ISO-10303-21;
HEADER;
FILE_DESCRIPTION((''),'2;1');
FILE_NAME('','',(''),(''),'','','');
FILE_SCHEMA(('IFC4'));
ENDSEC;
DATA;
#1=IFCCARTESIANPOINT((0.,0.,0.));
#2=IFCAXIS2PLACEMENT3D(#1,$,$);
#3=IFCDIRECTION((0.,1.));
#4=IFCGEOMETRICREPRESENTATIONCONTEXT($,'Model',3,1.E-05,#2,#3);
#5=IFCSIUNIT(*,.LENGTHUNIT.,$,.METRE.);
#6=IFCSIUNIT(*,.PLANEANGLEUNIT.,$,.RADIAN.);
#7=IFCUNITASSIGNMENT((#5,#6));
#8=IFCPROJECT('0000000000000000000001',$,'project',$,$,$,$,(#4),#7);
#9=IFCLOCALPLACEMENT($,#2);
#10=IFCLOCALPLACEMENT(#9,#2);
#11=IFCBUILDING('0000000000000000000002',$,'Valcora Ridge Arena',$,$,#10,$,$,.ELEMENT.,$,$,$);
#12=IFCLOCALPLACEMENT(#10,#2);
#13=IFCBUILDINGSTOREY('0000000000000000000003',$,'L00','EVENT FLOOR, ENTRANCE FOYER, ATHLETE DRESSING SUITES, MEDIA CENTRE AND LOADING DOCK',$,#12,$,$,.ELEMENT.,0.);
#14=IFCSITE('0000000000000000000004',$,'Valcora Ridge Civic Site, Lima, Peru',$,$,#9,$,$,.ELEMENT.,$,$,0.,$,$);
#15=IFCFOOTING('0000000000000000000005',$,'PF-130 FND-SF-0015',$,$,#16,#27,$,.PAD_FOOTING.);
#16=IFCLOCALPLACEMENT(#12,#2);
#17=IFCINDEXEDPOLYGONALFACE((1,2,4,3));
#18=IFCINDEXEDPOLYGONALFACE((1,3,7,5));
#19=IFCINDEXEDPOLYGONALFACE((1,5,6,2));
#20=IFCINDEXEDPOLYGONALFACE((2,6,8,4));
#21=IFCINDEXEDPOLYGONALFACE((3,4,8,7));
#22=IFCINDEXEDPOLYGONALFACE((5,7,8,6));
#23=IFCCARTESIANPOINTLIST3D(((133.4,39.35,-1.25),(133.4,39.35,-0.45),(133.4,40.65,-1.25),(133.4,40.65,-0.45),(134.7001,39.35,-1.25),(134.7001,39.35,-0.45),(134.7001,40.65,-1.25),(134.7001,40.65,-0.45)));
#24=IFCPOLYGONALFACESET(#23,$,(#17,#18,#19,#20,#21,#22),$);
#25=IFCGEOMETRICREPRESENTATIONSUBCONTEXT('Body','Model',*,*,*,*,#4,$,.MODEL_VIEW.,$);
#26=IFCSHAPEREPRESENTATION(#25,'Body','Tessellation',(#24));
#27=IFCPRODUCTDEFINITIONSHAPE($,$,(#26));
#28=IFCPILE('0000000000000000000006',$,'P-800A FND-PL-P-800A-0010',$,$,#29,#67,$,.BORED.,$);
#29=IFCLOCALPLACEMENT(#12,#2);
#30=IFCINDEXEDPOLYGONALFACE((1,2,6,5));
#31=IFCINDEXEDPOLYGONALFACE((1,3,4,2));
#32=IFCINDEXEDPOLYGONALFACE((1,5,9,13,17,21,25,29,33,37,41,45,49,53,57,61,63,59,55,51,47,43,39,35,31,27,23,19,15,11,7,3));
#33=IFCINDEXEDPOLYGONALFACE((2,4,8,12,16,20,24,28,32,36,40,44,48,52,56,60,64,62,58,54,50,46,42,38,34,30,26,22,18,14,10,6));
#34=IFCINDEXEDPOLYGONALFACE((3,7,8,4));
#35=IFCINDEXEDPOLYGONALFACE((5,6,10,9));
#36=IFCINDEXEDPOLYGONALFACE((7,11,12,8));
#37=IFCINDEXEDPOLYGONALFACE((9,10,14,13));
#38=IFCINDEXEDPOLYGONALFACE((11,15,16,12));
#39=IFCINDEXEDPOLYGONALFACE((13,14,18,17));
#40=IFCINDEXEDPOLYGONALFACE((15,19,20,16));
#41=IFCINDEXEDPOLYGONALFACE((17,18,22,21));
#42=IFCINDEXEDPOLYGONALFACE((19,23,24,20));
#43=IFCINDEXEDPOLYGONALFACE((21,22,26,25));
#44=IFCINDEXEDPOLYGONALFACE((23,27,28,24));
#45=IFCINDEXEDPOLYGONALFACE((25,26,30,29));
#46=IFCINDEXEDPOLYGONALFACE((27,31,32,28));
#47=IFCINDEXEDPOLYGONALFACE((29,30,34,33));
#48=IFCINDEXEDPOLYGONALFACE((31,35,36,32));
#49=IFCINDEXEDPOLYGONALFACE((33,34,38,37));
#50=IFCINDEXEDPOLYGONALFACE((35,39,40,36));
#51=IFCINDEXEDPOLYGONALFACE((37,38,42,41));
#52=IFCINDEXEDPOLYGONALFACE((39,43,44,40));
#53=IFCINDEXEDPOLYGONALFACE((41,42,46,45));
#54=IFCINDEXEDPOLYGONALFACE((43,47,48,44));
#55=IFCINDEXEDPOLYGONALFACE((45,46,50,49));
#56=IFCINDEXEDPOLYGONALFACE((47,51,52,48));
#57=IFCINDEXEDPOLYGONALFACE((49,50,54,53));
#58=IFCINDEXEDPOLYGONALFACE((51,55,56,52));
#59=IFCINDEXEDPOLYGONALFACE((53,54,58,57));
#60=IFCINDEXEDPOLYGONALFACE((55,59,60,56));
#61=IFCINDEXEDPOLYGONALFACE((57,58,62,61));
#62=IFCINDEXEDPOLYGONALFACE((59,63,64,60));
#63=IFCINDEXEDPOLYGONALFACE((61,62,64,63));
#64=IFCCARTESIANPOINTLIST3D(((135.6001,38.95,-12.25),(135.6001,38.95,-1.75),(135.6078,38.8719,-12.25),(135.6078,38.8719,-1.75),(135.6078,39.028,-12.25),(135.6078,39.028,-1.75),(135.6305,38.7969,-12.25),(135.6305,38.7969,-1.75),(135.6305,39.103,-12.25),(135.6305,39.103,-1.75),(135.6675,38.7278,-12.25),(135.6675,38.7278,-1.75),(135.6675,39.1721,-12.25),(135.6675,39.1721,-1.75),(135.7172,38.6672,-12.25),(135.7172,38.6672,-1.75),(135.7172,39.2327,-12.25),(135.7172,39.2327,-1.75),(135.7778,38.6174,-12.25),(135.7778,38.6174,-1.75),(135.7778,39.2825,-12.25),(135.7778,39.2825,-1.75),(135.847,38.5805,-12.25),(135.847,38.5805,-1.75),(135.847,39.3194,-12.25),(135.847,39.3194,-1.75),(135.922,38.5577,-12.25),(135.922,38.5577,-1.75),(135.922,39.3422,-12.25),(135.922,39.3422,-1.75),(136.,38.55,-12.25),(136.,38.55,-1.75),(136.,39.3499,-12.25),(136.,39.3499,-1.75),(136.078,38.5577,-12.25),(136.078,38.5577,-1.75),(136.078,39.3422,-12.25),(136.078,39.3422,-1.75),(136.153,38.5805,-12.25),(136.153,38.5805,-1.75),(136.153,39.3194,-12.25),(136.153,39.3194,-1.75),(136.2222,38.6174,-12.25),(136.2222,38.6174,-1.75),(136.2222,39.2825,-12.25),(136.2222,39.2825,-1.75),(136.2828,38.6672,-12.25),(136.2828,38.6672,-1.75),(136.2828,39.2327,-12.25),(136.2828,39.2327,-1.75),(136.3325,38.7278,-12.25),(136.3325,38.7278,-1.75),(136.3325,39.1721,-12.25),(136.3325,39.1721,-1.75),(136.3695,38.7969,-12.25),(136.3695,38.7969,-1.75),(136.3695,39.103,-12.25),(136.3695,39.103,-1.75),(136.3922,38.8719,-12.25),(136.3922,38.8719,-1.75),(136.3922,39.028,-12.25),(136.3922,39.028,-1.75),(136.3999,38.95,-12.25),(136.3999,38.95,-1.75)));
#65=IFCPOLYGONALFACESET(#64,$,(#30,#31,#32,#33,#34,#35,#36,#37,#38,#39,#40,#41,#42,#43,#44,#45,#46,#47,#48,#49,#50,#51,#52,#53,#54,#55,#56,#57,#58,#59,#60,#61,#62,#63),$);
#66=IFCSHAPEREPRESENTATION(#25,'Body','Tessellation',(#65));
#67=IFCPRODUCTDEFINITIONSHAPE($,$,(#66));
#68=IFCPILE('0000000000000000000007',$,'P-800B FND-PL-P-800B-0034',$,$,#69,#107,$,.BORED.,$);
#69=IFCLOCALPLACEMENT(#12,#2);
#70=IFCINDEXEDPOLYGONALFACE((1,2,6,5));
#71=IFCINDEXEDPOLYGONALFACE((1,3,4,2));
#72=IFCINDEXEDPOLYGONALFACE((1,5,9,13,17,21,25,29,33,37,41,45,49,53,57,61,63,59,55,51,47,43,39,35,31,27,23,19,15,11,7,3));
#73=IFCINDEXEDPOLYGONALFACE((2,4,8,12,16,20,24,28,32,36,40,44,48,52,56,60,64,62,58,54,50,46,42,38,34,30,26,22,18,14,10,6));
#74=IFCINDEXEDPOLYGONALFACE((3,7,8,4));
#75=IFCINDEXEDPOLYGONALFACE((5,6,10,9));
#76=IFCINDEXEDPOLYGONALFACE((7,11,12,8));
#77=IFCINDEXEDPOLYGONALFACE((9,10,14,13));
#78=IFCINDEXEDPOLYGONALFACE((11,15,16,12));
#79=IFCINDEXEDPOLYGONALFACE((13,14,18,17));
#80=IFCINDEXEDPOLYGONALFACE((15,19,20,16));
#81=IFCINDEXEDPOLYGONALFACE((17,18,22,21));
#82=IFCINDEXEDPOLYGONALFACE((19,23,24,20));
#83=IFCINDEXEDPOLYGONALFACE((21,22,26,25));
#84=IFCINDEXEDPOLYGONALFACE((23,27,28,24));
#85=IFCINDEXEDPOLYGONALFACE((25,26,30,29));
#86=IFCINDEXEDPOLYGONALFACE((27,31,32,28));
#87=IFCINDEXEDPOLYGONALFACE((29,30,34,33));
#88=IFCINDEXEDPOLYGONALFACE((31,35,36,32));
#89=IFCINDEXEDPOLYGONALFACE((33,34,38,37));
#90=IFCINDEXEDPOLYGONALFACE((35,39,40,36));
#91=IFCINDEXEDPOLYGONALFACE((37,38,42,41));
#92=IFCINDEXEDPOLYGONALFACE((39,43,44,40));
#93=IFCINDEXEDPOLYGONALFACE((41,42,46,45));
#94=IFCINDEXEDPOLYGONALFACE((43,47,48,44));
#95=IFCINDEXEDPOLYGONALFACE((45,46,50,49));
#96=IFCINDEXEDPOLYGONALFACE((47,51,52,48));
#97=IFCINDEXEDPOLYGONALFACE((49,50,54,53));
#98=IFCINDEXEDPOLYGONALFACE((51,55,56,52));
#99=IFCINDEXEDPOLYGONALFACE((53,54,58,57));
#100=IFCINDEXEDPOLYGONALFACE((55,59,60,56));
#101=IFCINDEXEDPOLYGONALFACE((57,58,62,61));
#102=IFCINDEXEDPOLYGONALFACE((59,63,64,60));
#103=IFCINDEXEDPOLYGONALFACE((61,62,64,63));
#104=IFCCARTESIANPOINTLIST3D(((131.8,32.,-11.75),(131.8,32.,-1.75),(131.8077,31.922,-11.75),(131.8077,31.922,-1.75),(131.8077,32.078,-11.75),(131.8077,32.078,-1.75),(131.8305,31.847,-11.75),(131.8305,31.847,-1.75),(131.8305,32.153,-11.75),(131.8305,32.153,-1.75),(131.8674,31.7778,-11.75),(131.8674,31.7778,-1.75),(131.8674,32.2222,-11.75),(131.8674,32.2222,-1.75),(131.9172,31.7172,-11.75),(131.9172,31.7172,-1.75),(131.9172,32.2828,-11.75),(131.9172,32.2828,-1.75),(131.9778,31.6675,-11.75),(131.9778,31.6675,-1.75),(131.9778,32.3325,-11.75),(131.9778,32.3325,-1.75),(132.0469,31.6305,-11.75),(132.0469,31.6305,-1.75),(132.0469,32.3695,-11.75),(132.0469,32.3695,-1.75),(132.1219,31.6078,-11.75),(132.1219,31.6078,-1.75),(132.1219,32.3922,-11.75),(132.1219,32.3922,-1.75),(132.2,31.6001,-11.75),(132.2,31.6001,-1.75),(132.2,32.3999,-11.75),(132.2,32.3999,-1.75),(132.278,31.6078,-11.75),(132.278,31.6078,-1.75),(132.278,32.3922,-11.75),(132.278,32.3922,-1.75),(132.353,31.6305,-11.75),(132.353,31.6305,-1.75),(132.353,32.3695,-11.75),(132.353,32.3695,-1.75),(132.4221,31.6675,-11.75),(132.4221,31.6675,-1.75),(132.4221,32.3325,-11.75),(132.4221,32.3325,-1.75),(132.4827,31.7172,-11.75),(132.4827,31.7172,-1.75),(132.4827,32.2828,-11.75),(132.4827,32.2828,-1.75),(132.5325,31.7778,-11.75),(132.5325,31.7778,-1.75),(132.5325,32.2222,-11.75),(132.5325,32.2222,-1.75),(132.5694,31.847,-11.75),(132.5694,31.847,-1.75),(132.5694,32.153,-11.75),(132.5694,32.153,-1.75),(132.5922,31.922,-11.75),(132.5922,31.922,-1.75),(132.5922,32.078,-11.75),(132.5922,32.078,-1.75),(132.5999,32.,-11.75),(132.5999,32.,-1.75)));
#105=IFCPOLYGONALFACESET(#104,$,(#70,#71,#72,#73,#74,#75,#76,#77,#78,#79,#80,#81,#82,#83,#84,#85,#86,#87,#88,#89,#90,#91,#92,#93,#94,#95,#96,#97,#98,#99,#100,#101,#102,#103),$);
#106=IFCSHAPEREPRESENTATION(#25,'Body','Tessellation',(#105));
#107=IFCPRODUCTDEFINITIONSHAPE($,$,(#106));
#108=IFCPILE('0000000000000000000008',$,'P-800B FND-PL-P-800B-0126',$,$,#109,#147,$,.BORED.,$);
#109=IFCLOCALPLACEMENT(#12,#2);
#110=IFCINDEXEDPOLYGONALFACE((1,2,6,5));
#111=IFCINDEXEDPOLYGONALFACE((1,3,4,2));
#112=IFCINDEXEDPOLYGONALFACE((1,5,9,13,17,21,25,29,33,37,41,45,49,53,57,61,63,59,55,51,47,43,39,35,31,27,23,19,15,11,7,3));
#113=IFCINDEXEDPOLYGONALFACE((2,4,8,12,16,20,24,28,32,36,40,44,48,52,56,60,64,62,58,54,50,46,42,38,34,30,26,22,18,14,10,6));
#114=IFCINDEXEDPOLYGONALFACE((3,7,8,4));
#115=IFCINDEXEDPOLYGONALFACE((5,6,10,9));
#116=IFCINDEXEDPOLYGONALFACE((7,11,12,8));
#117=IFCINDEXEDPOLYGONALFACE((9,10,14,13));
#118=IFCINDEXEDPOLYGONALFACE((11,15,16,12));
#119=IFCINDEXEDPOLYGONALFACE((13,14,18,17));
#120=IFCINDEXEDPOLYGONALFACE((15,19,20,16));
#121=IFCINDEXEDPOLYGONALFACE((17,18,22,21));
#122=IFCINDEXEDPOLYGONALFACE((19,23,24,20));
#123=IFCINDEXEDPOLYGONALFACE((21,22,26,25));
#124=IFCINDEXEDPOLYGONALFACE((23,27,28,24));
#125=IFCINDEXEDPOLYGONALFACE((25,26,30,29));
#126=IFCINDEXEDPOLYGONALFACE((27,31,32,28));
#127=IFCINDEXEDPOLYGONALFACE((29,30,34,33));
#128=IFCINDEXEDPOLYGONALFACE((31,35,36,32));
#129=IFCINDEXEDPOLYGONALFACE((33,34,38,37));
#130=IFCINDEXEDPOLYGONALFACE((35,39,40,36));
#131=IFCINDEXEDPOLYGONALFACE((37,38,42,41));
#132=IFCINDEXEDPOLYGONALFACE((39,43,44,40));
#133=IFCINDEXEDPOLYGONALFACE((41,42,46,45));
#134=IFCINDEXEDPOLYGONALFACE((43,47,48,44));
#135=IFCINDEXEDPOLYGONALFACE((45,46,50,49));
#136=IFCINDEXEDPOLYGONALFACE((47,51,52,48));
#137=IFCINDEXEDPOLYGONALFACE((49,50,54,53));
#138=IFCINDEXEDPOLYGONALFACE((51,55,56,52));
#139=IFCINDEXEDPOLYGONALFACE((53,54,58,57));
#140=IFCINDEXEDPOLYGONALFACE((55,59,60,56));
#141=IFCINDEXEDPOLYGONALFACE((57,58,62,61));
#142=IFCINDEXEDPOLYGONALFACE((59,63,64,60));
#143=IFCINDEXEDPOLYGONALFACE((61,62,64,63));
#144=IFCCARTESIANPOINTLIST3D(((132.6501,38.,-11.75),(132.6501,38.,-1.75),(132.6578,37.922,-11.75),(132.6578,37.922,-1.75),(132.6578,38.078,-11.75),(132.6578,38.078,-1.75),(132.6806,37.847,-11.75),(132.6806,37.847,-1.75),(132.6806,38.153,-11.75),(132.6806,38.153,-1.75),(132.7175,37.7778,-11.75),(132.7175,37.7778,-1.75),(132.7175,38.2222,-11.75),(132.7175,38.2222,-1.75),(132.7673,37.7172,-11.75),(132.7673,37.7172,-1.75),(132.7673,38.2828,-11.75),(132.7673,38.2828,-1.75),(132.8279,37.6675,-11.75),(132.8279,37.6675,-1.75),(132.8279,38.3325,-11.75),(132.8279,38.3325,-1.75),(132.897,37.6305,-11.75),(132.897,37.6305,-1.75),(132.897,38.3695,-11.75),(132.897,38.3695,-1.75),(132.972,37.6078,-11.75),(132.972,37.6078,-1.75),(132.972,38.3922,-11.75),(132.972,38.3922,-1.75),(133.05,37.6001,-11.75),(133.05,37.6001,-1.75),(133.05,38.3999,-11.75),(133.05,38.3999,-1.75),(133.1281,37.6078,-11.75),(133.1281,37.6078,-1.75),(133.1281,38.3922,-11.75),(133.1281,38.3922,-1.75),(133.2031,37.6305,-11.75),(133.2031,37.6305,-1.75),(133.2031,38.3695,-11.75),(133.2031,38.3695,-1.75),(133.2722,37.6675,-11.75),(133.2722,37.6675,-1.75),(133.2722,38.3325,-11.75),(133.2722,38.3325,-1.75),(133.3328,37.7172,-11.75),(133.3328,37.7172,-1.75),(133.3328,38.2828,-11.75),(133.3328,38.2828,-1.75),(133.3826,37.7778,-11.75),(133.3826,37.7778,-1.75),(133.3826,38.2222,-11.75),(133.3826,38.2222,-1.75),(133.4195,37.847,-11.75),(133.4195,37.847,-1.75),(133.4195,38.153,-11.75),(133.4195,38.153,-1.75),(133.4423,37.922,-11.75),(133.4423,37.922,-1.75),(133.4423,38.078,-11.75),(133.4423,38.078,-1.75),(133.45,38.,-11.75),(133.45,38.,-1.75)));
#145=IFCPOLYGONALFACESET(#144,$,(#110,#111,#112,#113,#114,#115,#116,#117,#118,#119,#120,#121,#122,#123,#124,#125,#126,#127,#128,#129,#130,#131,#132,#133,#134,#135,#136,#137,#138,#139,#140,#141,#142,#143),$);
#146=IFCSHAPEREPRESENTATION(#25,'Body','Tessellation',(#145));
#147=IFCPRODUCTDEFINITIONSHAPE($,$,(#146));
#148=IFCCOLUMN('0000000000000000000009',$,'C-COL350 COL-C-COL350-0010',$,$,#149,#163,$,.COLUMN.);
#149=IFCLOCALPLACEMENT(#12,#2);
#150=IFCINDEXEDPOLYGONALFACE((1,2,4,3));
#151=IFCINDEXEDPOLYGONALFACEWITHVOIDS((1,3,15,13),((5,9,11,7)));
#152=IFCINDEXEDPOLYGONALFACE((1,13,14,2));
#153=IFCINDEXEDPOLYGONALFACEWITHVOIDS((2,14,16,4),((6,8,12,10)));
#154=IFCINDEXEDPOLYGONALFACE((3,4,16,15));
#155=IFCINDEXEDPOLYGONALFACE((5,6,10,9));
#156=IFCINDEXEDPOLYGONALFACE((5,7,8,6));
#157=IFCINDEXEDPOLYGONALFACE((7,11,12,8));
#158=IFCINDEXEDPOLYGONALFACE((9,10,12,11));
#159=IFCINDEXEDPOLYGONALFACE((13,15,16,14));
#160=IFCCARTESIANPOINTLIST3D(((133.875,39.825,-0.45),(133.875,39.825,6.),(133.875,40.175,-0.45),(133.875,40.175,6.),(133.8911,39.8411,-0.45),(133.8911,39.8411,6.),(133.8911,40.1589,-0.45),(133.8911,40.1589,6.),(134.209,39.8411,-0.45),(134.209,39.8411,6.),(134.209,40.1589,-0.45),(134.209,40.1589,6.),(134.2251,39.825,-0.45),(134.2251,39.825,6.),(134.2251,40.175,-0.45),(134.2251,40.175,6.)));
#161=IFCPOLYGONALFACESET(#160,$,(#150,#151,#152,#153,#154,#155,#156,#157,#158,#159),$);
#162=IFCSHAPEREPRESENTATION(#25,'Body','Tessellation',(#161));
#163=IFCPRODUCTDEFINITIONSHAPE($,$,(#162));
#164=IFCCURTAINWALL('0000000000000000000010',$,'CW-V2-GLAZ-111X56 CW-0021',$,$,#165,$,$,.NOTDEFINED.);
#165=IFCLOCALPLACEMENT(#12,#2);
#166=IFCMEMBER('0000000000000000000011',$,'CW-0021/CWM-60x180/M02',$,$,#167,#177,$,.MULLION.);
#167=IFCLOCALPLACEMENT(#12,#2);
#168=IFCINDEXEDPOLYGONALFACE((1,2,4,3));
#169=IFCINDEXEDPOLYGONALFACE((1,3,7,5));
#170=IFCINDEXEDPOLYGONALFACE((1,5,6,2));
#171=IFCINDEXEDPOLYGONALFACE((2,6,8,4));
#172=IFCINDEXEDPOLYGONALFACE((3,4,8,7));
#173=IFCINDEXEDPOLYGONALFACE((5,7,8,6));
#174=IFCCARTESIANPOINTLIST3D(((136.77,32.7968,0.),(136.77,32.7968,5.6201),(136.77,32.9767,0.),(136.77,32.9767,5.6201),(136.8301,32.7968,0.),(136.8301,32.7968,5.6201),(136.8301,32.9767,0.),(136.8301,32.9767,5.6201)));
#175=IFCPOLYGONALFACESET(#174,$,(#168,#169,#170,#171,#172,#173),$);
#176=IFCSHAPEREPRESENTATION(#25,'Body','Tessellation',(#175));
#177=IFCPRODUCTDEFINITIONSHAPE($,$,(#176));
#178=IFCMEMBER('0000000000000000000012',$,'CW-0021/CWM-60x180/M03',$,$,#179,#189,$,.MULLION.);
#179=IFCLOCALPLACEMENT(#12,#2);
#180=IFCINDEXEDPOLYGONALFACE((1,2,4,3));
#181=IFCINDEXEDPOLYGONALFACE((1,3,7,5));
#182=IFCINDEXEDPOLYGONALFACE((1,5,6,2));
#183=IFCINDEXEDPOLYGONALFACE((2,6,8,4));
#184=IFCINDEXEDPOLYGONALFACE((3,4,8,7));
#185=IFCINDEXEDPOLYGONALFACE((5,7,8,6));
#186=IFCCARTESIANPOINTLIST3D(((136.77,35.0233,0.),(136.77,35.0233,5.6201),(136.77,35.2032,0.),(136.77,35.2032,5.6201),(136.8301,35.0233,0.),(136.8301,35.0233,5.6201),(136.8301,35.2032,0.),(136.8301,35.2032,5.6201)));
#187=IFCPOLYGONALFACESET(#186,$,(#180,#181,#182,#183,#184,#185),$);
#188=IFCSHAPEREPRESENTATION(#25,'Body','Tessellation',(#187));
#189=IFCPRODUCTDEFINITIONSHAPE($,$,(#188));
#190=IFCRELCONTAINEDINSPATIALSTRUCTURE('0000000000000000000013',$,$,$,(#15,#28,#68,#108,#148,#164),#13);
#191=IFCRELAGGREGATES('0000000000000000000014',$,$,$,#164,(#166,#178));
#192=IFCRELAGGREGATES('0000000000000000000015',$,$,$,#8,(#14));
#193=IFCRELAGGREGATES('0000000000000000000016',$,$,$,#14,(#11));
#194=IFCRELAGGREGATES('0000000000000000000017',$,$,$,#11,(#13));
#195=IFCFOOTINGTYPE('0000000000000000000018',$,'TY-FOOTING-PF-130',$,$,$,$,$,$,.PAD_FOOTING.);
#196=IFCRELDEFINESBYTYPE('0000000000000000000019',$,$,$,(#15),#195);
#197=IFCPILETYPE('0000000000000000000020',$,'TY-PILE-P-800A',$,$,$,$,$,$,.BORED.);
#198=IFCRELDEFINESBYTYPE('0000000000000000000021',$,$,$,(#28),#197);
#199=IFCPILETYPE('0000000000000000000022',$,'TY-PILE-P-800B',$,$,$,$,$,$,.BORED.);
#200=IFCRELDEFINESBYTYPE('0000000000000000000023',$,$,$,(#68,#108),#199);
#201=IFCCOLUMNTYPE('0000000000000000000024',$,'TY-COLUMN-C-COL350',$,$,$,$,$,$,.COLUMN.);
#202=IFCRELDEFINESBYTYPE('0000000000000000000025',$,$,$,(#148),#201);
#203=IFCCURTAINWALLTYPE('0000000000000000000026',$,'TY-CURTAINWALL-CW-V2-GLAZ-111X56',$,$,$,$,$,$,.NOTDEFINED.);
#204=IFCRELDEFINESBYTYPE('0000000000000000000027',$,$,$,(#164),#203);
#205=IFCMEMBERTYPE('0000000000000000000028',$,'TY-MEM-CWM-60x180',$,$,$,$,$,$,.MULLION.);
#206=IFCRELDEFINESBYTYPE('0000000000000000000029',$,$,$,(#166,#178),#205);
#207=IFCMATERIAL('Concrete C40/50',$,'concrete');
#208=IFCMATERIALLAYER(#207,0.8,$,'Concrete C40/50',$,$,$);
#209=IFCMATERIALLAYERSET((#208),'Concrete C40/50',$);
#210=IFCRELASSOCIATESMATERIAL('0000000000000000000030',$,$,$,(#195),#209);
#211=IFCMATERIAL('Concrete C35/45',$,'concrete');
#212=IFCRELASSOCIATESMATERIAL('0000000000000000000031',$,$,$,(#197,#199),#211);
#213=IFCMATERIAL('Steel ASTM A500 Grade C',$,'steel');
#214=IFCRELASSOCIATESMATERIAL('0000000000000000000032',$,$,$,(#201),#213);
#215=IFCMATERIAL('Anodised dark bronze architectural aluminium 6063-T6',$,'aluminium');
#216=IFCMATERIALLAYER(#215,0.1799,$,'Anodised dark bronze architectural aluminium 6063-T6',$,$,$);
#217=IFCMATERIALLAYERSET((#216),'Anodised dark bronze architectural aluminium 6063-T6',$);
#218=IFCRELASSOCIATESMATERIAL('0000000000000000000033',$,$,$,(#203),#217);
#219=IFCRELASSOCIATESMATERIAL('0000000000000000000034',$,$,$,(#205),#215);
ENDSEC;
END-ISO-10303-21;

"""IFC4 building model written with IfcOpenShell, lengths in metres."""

from ifc_helpers import new_model, si_unit, direction, frame, origin, origin_2d, place, context, subcontext, project, spatial, rectangle, hollow_rectangle, circle, extrude, material, layer, layer_set, material_profile, profile_set, type_object, element, aggregate, save


model = new_model("IFC4")

# Units and contexts
model_context = context("Model", 3, precision=1e-05, world=origin(), true_north=direction((0.0, 1.0)))
body_context = subcontext(model_context, "Body", "Model", "MODEL_VIEW")
ifc_project = project(units=[si_unit("LENGTHUNIT", "METRE"), si_unit("PLANEANGLEUNIT", "RADIAN")], contexts=[model_context])

# Site, building, storey
site_placement = place(None, origin())
site = spatial("IfcSite", under=ifc_project, at=site_placement, Name="Valcora Ridge Civic Site, Lima, Peru", CompositionType="ELEMENT", RefElevation=0.0)
building_placement = place(site_placement, origin())
building = spatial("IfcBuilding", under=site, at=building_placement, Name="Valcora Ridge Arena", CompositionType="ELEMENT")
storey_placement = place(building_placement, origin())
storey = spatial("IfcBuildingStorey", under=building, at=storey_placement, Name="L00", Description="EVENT FLOOR, ENTRANCE FOYER, ATHLETE DRESSING SUITES, MEDIA CENTRE AND LOADING DOCK", CompositionType="ELEMENT", Elevation=0.0)

# Footing
ifc_material_1 = material(Name="Concrete C40/50", Category="concrete")
ifc_layer_1 = layer(ifc_material_1, 0.8, Name="Concrete C40/50")
ifc_layer_set_1 = layer_set([ifc_layer_1], Name="Concrete C40/50")
footing_type = type_object("IfcFootingType", Name="TY-FOOTING-PF-130", PredefinedType="PAD_FOOTING", material=ifc_layer_set_1)
footing_placement = place(storey_placement, frame((134.05, 40.0, -1.25), z_axis=(0.0, 0.0, 1.0), x_axis=(1.0, 0.0, 0.0)))
element("IfcFooting", 1, at=footing_placement, inside=storey, type_object=footing_type, Name="PF-130 FND-SF-0015", PredefinedType="PAD_FOOTING", context=body_context, shape_type="SweptSolid", body=[
    extrude(rectangle(XDim=1.3, YDim=1.3, at=origin_2d()), origin(), (0.0, 0.0, 1.0), 0.8),
])

# Piles
ifc_material_2 = material(Name="Concrete C35/45", Category="concrete")
ifc_material_profile_1 = material_profile(ifc_material_2, circle(Radius=0.3999, at=origin_2d()), Name="BORED PILE D800")
ifc_profile_set_1 = profile_set([ifc_material_profile_1], Name="Concrete C35/45")
pile_type_1 = type_object("IfcPileType", Name="TY-PILE-P-800A", PredefinedType="BORED", material=ifc_profile_set_1)
pile_placement = place(storey_placement, frame((136.0, 38.95, -1.75), z_axis=(0.0, 0.0, -1.0), x_axis=(1.0, 0.0, 0.0)))
element("IfcPile", 2, at=pile_placement, inside=storey, type_object=pile_type_1, Name="P-800A FND-PL-P-800A-0010", PredefinedType="BORED", context=body_context, shape_type="SweptSolid", body=[
    extrude(circle(Radius=0.3999, at=origin_2d()), origin(), (0.0, 0.0, 1.0), 10.5),
])
ifc_material_profile_2 = material_profile(ifc_material_2, circle(Radius=0.3999, at=origin_2d()), Name="BORED PILE D800")
ifc_profile_set_2 = profile_set([ifc_material_profile_2], Name="Concrete C35/45")
pile_type_2 = type_object("IfcPileType", Name="TY-PILE-P-800B", PredefinedType="BORED", material=ifc_profile_set_2)
for number, where, z_axis, x_axis, name in (
    (3, (132.2, 32.0, -1.75), (0.0, 0.0, -1.0), (1.0, 0.0, 0.0), "P-800B FND-PL-P-800B-0034"),
    (4, (133.05, 38.0, -1.75), (0.0, 0.0, -1.0), (1.0, 0.0, 0.0), "P-800B FND-PL-P-800B-0126"),
):
    element("IfcPile", number, at=place(storey_placement, frame(where, z_axis=z_axis, x_axis=x_axis)), inside=storey, type_object=pile_type_2, Name=name, PredefinedType="BORED", context=body_context, shape_type="SweptSolid", body=[
        extrude(circle(Radius=0.3999, at=origin_2d()), origin(), (0.0, 0.0, 1.0), 10.0),
    ])

# Column
ifc_material_3 = material(Name="Steel ASTM A500 Grade C", Category="steel")
ifc_material_profile_3 = material_profile(ifc_material_3, hollow_rectangle(XDim=0.3501, YDim=0.3501, WallThickness=0.0161, at=origin_2d()), Name="HSS350X350X16")
ifc_profile_set_3 = profile_set([ifc_material_profile_3], Name="Steel ASTM A500 Grade C")
column_type = type_object("IfcColumnType", Name="TY-COLUMN-C-COL350", PredefinedType="COLUMN", material=ifc_profile_set_3)
column_placement = place(storey_placement, frame((134.05, 40.0, -0.45), z_axis=(0.0, 0.0, 1.0), x_axis=(1.0, 0.0, 0.0)))
element("IfcColumn", 5, at=column_placement, inside=storey, type_object=column_type, Name="C-COL350 COL-C-COL350-0010", PredefinedType="COLUMN", context=body_context, shape_type="SweptSolid", body=[
    extrude(hollow_rectangle(XDim=0.3501, YDim=0.3501, WallThickness=0.0161, at=origin_2d()), origin(), (0.0, 0.0, 1.0), 6.45),
])

# Curtain wall, members
ifc_material_4 = material(Name="Anodised dark bronze architectural aluminium 6063-T6", Category="aluminium")
ifc_layer_2 = layer(ifc_material_4, 0.1799, Name="Anodised dark bronze architectural aluminium 6063-T6")
ifc_layer_set_2 = layer_set([ifc_layer_2], Name="Anodised dark bronze architectural aluminium 6063-T6")
curtain_wall_type_1 = type_object("IfcCurtainWallType", Name="TY-CURTAINWALL-CW-V2-GLAZ-111X56", PredefinedType="NOTDEFINED", material=ifc_layer_set_2)
curtain_wall_1_placement = place(storey_placement, origin())
curtain_wall_1 = element("IfcCurtainWall", 6, at=curtain_wall_1_placement, inside=storey, type_object=curtain_wall_type_1, Name="CW-V2-GLAZ-111X56 CW-0021", PredefinedType="NOTDEFINED")
ifc_material_profile_4 = material_profile(ifc_material_4, rectangle(XDim=0.0601, YDim=0.1799, at=origin_2d()), Name="ALU MULLION 60x180")
ifc_profile_set_4 = profile_set([ifc_material_profile_4], Name="Anodised dark bronze architectural aluminium 6063-T6")
member_type_1 = type_object("IfcMemberType", Name="TY-MEM-CWM-60x180", PredefinedType="MULLION", material=ifc_profile_set_4)
member_1_placement = place(storey_placement, frame((136.8, 32.8867, 0.0), z_axis=(0.0, 0.0, 1.0), x_axis=(-1.0, 0.0, 0.0)))
member_1 = element("IfcMember", 7, at=member_1_placement, type_object=member_type_1, Name="CW-0021/CWM-60x180/M02", PredefinedType="MULLION", context=body_context, shape_type="SweptSolid", body=[
    extrude(rectangle(XDim=0.0601, YDim=0.1799, at=origin_2d()), origin(), (0.0, 0.0, 1.0), 5.6201),
])
member_2_placement = place(storey_placement, frame((136.8, 35.1133, 0.0), z_axis=(0.0, 0.0, 1.0), x_axis=(-1.0, 0.0, 0.0)))
member_2 = element("IfcMember", 8, at=member_2_placement, type_object=member_type_1, Name="CW-0021/CWM-60x180/M03", PredefinedType="MULLION", context=body_context, shape_type="SweptSolid", body=[
    extrude(rectangle(XDim=0.0601, YDim=0.1799, at=origin_2d()), origin(), (0.0, 0.0, 1.0), 5.6201),
])

aggregate(curtain_wall_1, [member_1, member_2])

save(model, "model.ifc")
